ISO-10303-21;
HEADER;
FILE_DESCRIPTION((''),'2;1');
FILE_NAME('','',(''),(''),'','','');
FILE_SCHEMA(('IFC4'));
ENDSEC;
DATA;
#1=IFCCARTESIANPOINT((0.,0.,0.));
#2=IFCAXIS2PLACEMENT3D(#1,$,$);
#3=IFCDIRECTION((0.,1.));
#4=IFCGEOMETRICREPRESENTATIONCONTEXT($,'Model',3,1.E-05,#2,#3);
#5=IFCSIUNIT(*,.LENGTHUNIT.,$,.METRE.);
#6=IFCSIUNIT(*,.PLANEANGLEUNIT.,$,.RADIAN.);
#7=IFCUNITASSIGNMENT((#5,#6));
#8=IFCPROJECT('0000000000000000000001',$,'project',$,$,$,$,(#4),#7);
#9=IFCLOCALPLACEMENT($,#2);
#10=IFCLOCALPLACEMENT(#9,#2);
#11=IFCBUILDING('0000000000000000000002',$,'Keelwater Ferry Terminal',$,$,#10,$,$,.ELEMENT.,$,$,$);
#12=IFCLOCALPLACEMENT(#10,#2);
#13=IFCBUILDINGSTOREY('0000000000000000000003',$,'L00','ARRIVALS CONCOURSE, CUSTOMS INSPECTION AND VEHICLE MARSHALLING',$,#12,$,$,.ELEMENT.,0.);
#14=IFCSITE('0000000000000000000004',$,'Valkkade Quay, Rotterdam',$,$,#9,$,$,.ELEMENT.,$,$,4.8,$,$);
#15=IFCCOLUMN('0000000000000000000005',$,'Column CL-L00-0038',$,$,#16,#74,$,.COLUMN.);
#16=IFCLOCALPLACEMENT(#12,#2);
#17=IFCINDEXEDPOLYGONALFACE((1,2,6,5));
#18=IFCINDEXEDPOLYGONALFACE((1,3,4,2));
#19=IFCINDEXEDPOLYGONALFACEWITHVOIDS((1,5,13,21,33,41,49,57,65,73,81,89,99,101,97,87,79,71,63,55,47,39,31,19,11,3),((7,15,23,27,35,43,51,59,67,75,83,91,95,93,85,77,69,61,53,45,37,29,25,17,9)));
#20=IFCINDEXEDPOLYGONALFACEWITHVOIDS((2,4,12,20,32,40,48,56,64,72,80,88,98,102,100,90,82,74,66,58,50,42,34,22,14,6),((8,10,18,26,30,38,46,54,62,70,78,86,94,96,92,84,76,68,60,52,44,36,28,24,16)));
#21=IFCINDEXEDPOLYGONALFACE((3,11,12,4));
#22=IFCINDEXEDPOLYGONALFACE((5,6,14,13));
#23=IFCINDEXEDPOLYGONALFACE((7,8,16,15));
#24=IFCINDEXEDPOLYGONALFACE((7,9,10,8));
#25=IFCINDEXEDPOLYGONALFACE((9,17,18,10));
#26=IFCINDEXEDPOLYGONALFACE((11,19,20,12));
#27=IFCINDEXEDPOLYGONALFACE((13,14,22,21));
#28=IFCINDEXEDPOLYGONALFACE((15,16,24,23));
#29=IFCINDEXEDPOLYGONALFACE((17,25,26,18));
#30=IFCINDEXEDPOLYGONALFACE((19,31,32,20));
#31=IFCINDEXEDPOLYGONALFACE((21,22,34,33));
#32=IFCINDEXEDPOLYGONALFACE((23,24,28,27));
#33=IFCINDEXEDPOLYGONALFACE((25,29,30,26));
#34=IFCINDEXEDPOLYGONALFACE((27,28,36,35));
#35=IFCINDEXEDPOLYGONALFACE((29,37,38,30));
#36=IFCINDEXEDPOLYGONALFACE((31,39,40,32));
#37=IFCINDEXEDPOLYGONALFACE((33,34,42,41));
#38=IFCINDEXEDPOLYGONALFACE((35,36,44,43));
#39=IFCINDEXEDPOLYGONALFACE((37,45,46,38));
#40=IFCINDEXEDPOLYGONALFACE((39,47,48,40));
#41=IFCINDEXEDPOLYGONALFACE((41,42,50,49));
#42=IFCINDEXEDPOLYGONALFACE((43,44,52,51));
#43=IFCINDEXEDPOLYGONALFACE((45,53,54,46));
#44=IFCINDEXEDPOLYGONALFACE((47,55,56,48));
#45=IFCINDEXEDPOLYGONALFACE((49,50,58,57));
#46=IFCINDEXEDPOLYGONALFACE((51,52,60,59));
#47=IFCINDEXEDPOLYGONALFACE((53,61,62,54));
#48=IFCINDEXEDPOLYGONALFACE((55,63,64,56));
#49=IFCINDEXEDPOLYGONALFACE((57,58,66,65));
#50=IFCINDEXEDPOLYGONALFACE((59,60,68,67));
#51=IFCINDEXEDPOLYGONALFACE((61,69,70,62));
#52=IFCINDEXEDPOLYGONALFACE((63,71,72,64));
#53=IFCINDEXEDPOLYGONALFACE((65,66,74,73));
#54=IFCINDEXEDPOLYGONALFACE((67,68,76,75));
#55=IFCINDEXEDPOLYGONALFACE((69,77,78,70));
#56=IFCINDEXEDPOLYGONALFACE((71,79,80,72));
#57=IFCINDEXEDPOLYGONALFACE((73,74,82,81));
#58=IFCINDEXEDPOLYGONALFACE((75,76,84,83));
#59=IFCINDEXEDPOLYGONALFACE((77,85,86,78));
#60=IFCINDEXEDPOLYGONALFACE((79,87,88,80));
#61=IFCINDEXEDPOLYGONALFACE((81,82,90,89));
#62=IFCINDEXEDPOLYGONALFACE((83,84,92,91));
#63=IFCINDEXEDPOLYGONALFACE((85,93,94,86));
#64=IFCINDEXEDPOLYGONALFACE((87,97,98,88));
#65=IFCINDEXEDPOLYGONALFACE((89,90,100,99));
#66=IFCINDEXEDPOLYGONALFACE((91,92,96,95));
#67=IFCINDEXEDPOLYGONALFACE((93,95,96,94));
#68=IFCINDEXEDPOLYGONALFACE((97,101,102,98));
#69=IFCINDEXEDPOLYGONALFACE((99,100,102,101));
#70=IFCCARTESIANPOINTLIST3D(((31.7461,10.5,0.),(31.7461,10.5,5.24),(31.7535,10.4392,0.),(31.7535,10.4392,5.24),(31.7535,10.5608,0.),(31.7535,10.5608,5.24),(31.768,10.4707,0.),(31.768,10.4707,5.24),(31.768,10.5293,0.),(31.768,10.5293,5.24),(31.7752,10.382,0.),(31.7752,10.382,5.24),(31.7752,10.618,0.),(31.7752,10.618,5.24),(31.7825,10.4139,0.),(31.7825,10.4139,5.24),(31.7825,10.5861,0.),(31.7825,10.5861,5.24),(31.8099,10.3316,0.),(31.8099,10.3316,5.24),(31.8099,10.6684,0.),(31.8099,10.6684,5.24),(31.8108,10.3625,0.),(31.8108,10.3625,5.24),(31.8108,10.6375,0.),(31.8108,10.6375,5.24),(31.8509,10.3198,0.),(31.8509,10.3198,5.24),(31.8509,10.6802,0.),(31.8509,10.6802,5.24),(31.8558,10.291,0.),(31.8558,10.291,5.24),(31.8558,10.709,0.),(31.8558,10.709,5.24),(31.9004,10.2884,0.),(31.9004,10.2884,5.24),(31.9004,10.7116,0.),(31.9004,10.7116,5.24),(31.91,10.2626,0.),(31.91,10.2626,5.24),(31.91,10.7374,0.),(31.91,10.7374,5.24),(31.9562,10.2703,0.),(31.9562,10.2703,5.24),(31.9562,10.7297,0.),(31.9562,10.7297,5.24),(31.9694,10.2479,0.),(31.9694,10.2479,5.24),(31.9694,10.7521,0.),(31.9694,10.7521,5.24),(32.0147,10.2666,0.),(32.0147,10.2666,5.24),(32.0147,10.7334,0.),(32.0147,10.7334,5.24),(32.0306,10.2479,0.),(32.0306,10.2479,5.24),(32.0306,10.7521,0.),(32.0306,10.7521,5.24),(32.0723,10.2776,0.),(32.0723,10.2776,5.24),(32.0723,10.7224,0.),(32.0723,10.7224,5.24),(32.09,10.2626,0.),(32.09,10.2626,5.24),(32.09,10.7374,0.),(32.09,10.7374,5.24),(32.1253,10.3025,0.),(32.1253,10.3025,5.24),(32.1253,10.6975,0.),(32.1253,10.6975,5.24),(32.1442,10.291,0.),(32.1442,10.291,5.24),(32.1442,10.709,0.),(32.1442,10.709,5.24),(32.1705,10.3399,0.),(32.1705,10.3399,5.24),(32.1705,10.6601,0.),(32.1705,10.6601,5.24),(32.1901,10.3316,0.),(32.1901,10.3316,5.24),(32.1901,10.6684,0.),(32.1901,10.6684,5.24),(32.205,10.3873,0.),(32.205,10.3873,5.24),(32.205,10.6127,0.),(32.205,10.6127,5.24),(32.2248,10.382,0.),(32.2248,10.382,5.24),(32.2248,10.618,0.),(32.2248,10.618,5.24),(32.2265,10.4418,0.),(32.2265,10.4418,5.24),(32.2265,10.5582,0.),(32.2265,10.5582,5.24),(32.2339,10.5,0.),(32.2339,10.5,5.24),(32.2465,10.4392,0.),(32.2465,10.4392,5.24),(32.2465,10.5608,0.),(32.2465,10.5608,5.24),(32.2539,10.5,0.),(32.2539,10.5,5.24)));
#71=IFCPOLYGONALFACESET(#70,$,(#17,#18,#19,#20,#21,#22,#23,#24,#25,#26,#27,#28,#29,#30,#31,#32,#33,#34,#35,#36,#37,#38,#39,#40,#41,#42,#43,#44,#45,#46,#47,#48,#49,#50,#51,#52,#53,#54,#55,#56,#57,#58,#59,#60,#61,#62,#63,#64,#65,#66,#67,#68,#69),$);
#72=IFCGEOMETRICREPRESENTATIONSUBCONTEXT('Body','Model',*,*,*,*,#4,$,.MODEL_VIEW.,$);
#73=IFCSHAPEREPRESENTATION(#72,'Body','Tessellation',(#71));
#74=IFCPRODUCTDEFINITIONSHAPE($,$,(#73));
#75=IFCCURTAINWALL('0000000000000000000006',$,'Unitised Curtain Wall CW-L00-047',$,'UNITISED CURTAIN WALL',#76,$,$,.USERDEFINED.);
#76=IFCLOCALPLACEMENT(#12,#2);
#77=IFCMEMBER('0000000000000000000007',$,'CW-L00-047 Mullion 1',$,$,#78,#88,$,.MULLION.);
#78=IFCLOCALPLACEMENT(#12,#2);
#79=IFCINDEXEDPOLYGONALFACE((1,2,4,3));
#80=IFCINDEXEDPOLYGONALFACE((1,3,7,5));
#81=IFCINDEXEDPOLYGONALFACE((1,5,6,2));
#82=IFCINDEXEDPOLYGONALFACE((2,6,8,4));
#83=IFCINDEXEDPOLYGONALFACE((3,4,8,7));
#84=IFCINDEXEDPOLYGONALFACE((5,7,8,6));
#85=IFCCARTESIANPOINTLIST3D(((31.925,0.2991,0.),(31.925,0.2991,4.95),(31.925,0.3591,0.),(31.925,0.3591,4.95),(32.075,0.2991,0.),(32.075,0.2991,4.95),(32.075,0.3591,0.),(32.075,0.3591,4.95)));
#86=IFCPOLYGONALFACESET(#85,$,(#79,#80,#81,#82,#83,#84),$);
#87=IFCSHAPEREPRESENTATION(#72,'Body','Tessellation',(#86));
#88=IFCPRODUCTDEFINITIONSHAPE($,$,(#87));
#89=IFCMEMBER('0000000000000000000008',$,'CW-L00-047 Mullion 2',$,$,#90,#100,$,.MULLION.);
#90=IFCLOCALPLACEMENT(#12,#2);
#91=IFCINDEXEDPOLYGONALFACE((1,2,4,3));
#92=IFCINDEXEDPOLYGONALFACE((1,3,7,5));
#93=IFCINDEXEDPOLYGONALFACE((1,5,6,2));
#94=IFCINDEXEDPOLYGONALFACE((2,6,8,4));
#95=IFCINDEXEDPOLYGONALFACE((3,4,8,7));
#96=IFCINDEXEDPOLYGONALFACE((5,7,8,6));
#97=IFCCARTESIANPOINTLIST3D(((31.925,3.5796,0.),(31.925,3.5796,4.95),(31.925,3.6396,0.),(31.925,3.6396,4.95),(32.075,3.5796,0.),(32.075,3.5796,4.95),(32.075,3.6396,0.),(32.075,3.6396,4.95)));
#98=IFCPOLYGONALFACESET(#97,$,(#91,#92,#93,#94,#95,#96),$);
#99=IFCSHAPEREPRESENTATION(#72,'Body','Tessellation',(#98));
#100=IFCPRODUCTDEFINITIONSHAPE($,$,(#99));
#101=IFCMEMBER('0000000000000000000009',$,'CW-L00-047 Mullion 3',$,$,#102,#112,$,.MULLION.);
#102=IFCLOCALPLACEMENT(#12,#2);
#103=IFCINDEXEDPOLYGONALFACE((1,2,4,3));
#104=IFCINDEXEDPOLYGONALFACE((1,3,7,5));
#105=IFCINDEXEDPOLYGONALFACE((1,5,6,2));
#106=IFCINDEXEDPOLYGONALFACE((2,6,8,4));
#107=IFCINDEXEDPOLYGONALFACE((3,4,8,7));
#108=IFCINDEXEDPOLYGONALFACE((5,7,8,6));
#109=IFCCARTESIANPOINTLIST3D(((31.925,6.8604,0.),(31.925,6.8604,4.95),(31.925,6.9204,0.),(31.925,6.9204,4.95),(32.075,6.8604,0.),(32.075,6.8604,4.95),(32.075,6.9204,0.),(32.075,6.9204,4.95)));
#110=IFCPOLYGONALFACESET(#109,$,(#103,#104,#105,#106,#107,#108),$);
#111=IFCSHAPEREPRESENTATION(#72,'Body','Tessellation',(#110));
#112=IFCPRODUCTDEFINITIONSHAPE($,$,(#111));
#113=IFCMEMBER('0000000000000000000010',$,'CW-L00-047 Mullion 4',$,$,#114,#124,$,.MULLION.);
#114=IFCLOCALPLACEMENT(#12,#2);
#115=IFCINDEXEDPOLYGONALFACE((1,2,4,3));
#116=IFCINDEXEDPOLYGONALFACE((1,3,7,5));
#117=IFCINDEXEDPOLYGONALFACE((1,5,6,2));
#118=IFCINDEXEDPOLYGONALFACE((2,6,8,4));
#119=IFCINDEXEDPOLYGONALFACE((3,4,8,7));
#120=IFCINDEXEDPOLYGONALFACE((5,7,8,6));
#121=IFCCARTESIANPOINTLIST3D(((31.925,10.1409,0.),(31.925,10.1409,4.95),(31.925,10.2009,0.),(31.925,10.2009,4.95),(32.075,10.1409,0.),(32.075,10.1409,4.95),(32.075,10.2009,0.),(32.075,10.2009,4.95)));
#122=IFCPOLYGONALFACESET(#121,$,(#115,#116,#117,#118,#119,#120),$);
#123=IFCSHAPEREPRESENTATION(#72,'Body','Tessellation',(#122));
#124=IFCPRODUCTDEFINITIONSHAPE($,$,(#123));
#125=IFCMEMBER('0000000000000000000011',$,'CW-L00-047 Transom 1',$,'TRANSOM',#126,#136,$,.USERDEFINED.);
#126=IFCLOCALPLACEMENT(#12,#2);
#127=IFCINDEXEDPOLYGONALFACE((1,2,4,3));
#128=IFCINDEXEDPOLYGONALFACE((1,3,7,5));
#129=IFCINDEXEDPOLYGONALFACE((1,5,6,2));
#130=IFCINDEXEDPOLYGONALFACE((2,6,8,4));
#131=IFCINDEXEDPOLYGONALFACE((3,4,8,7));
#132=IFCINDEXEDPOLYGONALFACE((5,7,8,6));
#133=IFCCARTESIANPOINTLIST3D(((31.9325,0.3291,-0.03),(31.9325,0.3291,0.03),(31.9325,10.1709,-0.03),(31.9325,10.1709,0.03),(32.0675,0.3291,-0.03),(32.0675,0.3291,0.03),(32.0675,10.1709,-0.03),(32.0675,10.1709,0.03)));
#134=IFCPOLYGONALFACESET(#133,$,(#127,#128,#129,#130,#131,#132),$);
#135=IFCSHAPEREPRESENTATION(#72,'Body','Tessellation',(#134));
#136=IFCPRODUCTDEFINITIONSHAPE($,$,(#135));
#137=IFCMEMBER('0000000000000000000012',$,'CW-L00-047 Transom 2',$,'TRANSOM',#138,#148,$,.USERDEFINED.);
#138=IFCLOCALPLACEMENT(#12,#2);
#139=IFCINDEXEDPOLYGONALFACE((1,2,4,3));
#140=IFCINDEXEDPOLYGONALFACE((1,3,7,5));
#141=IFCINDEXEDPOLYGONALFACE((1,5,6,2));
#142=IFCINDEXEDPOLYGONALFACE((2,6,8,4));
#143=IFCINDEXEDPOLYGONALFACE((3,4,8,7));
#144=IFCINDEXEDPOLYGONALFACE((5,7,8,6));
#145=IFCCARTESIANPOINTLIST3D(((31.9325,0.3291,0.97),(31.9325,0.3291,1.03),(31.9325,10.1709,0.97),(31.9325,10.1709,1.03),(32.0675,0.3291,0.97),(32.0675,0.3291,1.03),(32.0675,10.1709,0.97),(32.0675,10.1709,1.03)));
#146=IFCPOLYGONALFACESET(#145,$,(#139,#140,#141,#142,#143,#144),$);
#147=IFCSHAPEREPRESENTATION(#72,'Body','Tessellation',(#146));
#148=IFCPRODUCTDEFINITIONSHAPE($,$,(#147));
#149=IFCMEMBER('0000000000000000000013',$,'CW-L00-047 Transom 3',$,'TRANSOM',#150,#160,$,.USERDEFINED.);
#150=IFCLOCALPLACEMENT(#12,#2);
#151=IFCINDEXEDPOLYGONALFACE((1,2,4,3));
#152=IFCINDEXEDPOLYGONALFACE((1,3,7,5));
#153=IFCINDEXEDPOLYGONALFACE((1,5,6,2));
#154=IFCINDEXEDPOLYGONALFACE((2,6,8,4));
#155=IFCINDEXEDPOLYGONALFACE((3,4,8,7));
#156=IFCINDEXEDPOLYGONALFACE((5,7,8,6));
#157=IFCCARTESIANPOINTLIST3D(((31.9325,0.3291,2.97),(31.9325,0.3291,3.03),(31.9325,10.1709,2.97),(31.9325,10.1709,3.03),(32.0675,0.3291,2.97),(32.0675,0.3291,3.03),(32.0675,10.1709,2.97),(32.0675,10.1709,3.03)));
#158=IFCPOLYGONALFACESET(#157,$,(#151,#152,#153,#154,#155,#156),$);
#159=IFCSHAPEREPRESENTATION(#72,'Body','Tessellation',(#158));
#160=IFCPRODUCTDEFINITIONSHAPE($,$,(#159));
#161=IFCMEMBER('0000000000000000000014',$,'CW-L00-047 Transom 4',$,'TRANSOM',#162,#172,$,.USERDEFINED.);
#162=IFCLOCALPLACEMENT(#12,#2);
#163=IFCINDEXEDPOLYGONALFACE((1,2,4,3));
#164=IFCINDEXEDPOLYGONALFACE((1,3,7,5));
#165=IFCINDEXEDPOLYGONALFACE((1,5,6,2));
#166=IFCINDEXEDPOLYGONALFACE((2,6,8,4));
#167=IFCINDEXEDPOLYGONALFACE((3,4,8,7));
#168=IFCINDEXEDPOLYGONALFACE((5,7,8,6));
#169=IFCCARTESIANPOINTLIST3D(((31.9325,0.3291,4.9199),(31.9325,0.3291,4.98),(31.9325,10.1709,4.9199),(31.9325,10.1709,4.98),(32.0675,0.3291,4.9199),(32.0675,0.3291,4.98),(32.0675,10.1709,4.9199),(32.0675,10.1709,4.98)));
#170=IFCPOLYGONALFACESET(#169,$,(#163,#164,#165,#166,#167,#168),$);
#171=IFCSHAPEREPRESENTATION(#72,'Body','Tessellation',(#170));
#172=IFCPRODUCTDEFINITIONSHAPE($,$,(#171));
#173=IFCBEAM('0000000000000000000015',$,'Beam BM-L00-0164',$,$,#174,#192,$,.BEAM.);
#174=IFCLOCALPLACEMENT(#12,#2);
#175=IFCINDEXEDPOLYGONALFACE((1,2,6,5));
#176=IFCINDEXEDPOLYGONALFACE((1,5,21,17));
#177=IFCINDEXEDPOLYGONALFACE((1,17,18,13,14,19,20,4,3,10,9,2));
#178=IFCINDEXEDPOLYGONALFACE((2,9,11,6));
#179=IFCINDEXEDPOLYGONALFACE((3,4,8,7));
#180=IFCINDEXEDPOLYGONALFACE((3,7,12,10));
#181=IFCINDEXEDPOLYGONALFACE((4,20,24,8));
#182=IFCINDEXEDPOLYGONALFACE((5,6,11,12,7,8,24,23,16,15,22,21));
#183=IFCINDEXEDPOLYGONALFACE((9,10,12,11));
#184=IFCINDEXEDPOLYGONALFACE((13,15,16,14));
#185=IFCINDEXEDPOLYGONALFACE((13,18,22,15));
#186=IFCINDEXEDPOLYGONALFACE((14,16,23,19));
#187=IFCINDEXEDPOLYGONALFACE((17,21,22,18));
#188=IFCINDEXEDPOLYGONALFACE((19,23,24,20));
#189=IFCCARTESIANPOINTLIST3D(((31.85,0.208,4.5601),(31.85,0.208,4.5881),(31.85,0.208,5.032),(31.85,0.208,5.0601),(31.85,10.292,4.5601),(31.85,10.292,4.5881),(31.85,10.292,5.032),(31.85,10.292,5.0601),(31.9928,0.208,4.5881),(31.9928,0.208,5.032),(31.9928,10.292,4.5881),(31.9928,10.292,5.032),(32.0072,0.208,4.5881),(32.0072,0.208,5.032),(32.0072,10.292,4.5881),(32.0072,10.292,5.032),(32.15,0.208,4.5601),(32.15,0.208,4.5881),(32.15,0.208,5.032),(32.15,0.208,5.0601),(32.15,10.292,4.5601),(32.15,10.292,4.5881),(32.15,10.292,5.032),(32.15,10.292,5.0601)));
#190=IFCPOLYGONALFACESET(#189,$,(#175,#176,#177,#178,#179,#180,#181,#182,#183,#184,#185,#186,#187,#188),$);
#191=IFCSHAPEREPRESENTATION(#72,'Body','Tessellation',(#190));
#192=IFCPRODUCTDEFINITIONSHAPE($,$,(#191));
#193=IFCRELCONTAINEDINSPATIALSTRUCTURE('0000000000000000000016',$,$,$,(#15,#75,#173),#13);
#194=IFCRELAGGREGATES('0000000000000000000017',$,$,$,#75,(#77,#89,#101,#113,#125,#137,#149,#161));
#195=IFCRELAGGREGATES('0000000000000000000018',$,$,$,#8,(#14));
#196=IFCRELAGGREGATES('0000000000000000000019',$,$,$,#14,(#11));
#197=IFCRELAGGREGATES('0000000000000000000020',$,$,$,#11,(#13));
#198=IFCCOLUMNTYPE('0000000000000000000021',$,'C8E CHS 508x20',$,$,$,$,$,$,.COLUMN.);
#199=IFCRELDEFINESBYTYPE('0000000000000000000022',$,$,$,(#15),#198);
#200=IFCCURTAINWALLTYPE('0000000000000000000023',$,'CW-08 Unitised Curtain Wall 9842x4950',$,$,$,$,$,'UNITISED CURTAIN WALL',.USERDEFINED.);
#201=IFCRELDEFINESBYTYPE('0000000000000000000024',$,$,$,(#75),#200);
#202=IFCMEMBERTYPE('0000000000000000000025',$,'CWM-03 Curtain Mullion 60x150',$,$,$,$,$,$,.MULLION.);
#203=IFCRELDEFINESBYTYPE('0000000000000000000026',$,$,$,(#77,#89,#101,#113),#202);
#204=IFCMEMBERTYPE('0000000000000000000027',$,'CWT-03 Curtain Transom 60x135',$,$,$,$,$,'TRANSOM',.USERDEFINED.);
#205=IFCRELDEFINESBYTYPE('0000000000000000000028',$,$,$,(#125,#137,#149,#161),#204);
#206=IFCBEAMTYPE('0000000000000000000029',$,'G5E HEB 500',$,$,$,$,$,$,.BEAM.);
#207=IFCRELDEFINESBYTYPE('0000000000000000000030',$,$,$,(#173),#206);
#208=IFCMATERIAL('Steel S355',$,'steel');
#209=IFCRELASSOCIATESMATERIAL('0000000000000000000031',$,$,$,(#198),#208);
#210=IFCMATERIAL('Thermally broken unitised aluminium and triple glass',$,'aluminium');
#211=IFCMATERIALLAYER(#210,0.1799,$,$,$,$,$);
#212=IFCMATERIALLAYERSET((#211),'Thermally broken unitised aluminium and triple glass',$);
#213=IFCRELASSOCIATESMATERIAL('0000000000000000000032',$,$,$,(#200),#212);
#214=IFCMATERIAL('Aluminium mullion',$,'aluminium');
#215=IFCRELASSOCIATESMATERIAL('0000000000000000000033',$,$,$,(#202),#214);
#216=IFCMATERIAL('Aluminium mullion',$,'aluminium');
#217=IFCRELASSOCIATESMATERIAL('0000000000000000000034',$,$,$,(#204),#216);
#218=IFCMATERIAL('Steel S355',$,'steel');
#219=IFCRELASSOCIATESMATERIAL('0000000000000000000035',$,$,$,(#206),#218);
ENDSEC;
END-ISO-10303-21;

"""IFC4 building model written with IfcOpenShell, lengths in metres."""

from ifc_helpers import new_model, si_unit, direction, frame, origin, origin_2d, place, context, subcontext, project, spatial, rectangle, hollow_circle, i_section, extrude, material, layer, layer_set, material_profile, profile_set, type_object, element, aggregate, save


model = new_model("IFC4")

# Units and contexts
model_context = context("Model", 3, precision=1e-05, world=origin(), true_north=direction((0.0, 1.0)))
body_context = subcontext(model_context, "Body", "Model", "MODEL_VIEW")
ifc_project = project(units=[si_unit("LENGTHUNIT", "METRE"), si_unit("PLANEANGLEUNIT", "RADIAN")], contexts=[model_context])

# Site, building, storey
site_placement = place(None, origin())
site = spatial("IfcSite", under=ifc_project, at=site_placement, Name="Valkkade Quay, Rotterdam", CompositionType="ELEMENT", RefElevation=4.8)
building_placement = place(site_placement, origin())
building = spatial("IfcBuilding", under=site, at=building_placement, Name="Keelwater Ferry Terminal", CompositionType="ELEMENT")
storey_placement = place(building_placement, origin())
storey = spatial("IfcBuildingStorey", under=building, at=storey_placement, Name="L00", Description="ARRIVALS CONCOURSE, CUSTOMS INSPECTION AND VEHICLE MARSHALLING", CompositionType="ELEMENT", Elevation=0.0)

# Column
ifc_material_1 = material(Name="Steel S355", Category="steel")
ifc_material_profile_1 = material_profile(ifc_material_1, hollow_circle(Radius=0.2539, WallThickness=0.02, at=origin_2d()), Name="CHS 508x20")
ifc_profile_set_1 = profile_set([ifc_material_profile_1], Name="Steel S355")
column_type = type_object("IfcColumnType", Name="C8E CHS 508x20", PredefinedType="COLUMN", material=ifc_profile_set_1)
for number, where, z_axis, x_axis, name in (
    (1, (32.0, 10.5, 0.0), (0.0, 0.0, 1.0), (1.0, 0.0, 0.0), "Column CL-L00-0038"),
):
    element("IfcColumn", number, at=place(storey_placement, frame(where, z_axis=z_axis, x_axis=x_axis)), inside=storey, type_object=column_type, Name=name, PredefinedType="COLUMN", context=body_context, shape_type="SweptSolid", body=[
        extrude(hollow_circle(Radius=0.2539, WallThickness=0.02, at=origin_2d()), origin(), (0.0, 0.0, 1.0), 5.24),
    ])

# Curtain wall, members
ifc_material_2 = material(Name="Thermally broken unitised aluminium and triple glass", Category="aluminium")
ifc_layer_1 = layer(ifc_material_2, 0.1799)
ifc_layer_set_1 = layer_set([ifc_layer_1], Name="Thermally broken unitised aluminium and triple glass")
curtain_wall_type = type_object("IfcCurtainWallType", Name="CW-08 Unitised Curtain Wall 9842x4950", ElementType="UNITISED CURTAIN WALL", PredefinedType="USERDEFINED", material=ifc_layer_set_1)
curtain_wall_placement = place(storey_placement, origin())
curtain_wall = element("IfcCurtainWall", 2, at=curtain_wall_placement, inside=storey, type_object=curtain_wall_type, Name="Unitised Curtain Wall CW-L00-047", ObjectType="UNITISED CURTAIN WALL", PredefinedType="USERDEFINED")
ifc_material_3 = material(Name="Aluminium mullion", Category="aluminium")
ifc_material_profile_2 = material_profile(ifc_material_3, rectangle(XDim=0.0601, YDim=0.1499, at=origin_2d()), Name="CWM-03")
ifc_profile_set_2 = profile_set([ifc_material_profile_2], Name="Aluminium mullion")
member_type_1 = type_object("IfcMemberType", Name="CWM-03 Curtain Mullion 60x150", PredefinedType="MULLION", material=ifc_profile_set_2)
member_1_placement = place(storey_placement, frame((32.0, 0.3291, 0.0), z_axis=(0.0, 0.0, 1.0), x_axis=(0.0, 1.0, 0.0)))
member_1 = element("IfcMember", 3, at=member_1_placement, type_object=member_type_1, Name="CW-L00-047 Mullion 1", PredefinedType="MULLION", context=body_context, shape_type="SweptSolid", body=[
    extrude(rectangle(XDim=0.0601, YDim=0.1499, at=origin_2d()), origin(), (0.0, 0.0, 1.0), 4.95),
])
member_2_placement = place(storey_placement, frame((32.0, 3.6096, 0.0), z_axis=(0.0, 0.0, 1.0), x_axis=(0.0, 1.0, 0.0)))
member_2 = element("IfcMember", 4, at=member_2_placement, type_object=member_type_1, Name="CW-L00-047 Mullion 2", PredefinedType="MULLION", context=body_context, shape_type="SweptSolid", body=[
    extrude(rectangle(XDim=0.0601, YDim=0.1499, at=origin_2d()), origin(), (0.0, 0.0, 1.0), 4.95),
])
member_3_placement = place(storey_placement, frame((32.0, 6.8904, 0.0), z_axis=(0.0, 0.0, 1.0), x_axis=(0.0, 1.0, 0.0)))
member_3 = element("IfcMember", 5, at=member_3_placement, type_object=member_type_1, Name="CW-L00-047 Mullion 3", PredefinedType="MULLION", context=body_context, shape_type="SweptSolid", body=[
    extrude(rectangle(XDim=0.0601, YDim=0.1499, at=origin_2d()), origin(), (0.0, 0.0, 1.0), 4.95),
])
member_4_placement = place(storey_placement, frame((32.0, 10.1709, 0.0), z_axis=(0.0, 0.0, 1.0), x_axis=(0.0, 1.0, 0.0)))
member_4 = element("IfcMember", 6, at=member_4_placement, type_object=member_type_1, Name="CW-L00-047 Mullion 4", PredefinedType="MULLION", context=body_context, shape_type="SweptSolid", body=[
    extrude(rectangle(XDim=0.0601, YDim=0.1499, at=origin_2d()), origin(), (0.0, 0.0, 1.0), 4.95),
])
ifc_material_4 = material(Name="Aluminium mullion", Category="aluminium")
ifc_material_profile_3 = material_profile(ifc_material_4, rectangle(XDim=0.135, YDim=0.0601, at=origin_2d()), Name="CWT-03")
ifc_profile_set_3 = profile_set([ifc_material_profile_3], Name="Aluminium mullion")
member_type_2 = type_object("IfcMemberType", Name="CWT-03 Curtain Transom 60x135", ElementType="TRANSOM", PredefinedType="USERDEFINED", material=ifc_profile_set_3)
member_5_placement = place(storey_placement, frame((32.0, 0.3291, 0.0), z_axis=(0.0, 1.0, 0.0), x_axis=(-1.0, 0.0, 0.0)))
member_5 = element("IfcMember", 7, at=member_5_placement, type_object=member_type_2, Name="CW-L00-047 Transom 1", ObjectType="TRANSOM", PredefinedType="USERDEFINED", context=body_context, shape_type="SweptSolid", body=[
    extrude(rectangle(XDim=0.135, YDim=0.0601, at=origin_2d()), origin(), (0.0, 0.0, 1.0), 9.8418),
])
member_6_placement = place(storey_placement, frame((32.0, 0.3291, 1.0), z_axis=(0.0, 1.0, 0.0), x_axis=(-1.0, 0.0, 0.0)))
member_6 = element("IfcMember", 8, at=member_6_placement, type_object=member_type_2, Name="CW-L00-047 Transom 2", ObjectType="TRANSOM", PredefinedType="USERDEFINED", context=body_context, shape_type="SweptSolid", body=[
    extrude(rectangle(XDim=0.135, YDim=0.0601, at=origin_2d()), origin(), (0.0, 0.0, 1.0), 9.8418),
])
member_7_placement = place(storey_placement, frame((32.0, 0.3291, 3.0), z_axis=(0.0, 1.0, 0.0), x_axis=(-1.0, 0.0, 0.0)))
member_7 = element("IfcMember", 9, at=member_7_placement, type_object=member_type_2, Name="CW-L00-047 Transom 3", ObjectType="TRANSOM", PredefinedType="USERDEFINED", context=body_context, shape_type="SweptSolid", body=[
    extrude(rectangle(XDim=0.135, YDim=0.0601, at=origin_2d()), origin(), (0.0, 0.0, 1.0), 9.8418),
])
member_8_placement = place(storey_placement, frame((32.0, 0.3291, 4.95), z_axis=(0.0, 1.0, 0.0), x_axis=(-1.0, 0.0, 0.0)))
member_8 = element("IfcMember", 10, at=member_8_placement, type_object=member_type_2, Name="CW-L00-047 Transom 4", ObjectType="TRANSOM", PredefinedType="USERDEFINED", context=body_context, shape_type="SweptSolid", body=[
    extrude(rectangle(XDim=0.135, YDim=0.0601, at=origin_2d()), origin(), (0.0, 0.0, 1.0), 9.8418),
])

# Beam
ifc_material_5 = material(Name="Steel S355", Category="steel")
ifc_material_profile_4 = material_profile(ifc_material_5, i_section(OverallWidth=0.3, OverallDepth=0.5, WebThickness=0.0144, FlangeThickness=0.0281, at=origin_2d()), Name="HEB 500")
ifc_profile_set_4 = profile_set([ifc_material_profile_4], Name="Steel S355")
beam_type = type_object("IfcBeamType", Name="G5E HEB 500", PredefinedType="BEAM", material=ifc_profile_set_4)
beam_placement = place(storey_placement, frame((32.0, 0.208, 4.8101), z_axis=(0.0, 1.0, 0.0), x_axis=(-1.0, 0.0, 0.0)))
element("IfcBeam", 11, at=beam_placement, inside=storey, type_object=beam_type, Name="Beam BM-L00-0164", PredefinedType="BEAM", context=body_context, shape_type="SweptSolid", body=[
    extrude(i_section(OverallWidth=0.3, OverallDepth=0.5, WebThickness=0.0144, FlangeThickness=0.0281, at=origin_2d()), origin(), (0.0, 0.0, 1.0), 10.084),
])

aggregate(curtain_wall, [member_1, member_2, member_3, member_4, member_5, member_6, member_7, member_8])

save(model, "model.ifc")
